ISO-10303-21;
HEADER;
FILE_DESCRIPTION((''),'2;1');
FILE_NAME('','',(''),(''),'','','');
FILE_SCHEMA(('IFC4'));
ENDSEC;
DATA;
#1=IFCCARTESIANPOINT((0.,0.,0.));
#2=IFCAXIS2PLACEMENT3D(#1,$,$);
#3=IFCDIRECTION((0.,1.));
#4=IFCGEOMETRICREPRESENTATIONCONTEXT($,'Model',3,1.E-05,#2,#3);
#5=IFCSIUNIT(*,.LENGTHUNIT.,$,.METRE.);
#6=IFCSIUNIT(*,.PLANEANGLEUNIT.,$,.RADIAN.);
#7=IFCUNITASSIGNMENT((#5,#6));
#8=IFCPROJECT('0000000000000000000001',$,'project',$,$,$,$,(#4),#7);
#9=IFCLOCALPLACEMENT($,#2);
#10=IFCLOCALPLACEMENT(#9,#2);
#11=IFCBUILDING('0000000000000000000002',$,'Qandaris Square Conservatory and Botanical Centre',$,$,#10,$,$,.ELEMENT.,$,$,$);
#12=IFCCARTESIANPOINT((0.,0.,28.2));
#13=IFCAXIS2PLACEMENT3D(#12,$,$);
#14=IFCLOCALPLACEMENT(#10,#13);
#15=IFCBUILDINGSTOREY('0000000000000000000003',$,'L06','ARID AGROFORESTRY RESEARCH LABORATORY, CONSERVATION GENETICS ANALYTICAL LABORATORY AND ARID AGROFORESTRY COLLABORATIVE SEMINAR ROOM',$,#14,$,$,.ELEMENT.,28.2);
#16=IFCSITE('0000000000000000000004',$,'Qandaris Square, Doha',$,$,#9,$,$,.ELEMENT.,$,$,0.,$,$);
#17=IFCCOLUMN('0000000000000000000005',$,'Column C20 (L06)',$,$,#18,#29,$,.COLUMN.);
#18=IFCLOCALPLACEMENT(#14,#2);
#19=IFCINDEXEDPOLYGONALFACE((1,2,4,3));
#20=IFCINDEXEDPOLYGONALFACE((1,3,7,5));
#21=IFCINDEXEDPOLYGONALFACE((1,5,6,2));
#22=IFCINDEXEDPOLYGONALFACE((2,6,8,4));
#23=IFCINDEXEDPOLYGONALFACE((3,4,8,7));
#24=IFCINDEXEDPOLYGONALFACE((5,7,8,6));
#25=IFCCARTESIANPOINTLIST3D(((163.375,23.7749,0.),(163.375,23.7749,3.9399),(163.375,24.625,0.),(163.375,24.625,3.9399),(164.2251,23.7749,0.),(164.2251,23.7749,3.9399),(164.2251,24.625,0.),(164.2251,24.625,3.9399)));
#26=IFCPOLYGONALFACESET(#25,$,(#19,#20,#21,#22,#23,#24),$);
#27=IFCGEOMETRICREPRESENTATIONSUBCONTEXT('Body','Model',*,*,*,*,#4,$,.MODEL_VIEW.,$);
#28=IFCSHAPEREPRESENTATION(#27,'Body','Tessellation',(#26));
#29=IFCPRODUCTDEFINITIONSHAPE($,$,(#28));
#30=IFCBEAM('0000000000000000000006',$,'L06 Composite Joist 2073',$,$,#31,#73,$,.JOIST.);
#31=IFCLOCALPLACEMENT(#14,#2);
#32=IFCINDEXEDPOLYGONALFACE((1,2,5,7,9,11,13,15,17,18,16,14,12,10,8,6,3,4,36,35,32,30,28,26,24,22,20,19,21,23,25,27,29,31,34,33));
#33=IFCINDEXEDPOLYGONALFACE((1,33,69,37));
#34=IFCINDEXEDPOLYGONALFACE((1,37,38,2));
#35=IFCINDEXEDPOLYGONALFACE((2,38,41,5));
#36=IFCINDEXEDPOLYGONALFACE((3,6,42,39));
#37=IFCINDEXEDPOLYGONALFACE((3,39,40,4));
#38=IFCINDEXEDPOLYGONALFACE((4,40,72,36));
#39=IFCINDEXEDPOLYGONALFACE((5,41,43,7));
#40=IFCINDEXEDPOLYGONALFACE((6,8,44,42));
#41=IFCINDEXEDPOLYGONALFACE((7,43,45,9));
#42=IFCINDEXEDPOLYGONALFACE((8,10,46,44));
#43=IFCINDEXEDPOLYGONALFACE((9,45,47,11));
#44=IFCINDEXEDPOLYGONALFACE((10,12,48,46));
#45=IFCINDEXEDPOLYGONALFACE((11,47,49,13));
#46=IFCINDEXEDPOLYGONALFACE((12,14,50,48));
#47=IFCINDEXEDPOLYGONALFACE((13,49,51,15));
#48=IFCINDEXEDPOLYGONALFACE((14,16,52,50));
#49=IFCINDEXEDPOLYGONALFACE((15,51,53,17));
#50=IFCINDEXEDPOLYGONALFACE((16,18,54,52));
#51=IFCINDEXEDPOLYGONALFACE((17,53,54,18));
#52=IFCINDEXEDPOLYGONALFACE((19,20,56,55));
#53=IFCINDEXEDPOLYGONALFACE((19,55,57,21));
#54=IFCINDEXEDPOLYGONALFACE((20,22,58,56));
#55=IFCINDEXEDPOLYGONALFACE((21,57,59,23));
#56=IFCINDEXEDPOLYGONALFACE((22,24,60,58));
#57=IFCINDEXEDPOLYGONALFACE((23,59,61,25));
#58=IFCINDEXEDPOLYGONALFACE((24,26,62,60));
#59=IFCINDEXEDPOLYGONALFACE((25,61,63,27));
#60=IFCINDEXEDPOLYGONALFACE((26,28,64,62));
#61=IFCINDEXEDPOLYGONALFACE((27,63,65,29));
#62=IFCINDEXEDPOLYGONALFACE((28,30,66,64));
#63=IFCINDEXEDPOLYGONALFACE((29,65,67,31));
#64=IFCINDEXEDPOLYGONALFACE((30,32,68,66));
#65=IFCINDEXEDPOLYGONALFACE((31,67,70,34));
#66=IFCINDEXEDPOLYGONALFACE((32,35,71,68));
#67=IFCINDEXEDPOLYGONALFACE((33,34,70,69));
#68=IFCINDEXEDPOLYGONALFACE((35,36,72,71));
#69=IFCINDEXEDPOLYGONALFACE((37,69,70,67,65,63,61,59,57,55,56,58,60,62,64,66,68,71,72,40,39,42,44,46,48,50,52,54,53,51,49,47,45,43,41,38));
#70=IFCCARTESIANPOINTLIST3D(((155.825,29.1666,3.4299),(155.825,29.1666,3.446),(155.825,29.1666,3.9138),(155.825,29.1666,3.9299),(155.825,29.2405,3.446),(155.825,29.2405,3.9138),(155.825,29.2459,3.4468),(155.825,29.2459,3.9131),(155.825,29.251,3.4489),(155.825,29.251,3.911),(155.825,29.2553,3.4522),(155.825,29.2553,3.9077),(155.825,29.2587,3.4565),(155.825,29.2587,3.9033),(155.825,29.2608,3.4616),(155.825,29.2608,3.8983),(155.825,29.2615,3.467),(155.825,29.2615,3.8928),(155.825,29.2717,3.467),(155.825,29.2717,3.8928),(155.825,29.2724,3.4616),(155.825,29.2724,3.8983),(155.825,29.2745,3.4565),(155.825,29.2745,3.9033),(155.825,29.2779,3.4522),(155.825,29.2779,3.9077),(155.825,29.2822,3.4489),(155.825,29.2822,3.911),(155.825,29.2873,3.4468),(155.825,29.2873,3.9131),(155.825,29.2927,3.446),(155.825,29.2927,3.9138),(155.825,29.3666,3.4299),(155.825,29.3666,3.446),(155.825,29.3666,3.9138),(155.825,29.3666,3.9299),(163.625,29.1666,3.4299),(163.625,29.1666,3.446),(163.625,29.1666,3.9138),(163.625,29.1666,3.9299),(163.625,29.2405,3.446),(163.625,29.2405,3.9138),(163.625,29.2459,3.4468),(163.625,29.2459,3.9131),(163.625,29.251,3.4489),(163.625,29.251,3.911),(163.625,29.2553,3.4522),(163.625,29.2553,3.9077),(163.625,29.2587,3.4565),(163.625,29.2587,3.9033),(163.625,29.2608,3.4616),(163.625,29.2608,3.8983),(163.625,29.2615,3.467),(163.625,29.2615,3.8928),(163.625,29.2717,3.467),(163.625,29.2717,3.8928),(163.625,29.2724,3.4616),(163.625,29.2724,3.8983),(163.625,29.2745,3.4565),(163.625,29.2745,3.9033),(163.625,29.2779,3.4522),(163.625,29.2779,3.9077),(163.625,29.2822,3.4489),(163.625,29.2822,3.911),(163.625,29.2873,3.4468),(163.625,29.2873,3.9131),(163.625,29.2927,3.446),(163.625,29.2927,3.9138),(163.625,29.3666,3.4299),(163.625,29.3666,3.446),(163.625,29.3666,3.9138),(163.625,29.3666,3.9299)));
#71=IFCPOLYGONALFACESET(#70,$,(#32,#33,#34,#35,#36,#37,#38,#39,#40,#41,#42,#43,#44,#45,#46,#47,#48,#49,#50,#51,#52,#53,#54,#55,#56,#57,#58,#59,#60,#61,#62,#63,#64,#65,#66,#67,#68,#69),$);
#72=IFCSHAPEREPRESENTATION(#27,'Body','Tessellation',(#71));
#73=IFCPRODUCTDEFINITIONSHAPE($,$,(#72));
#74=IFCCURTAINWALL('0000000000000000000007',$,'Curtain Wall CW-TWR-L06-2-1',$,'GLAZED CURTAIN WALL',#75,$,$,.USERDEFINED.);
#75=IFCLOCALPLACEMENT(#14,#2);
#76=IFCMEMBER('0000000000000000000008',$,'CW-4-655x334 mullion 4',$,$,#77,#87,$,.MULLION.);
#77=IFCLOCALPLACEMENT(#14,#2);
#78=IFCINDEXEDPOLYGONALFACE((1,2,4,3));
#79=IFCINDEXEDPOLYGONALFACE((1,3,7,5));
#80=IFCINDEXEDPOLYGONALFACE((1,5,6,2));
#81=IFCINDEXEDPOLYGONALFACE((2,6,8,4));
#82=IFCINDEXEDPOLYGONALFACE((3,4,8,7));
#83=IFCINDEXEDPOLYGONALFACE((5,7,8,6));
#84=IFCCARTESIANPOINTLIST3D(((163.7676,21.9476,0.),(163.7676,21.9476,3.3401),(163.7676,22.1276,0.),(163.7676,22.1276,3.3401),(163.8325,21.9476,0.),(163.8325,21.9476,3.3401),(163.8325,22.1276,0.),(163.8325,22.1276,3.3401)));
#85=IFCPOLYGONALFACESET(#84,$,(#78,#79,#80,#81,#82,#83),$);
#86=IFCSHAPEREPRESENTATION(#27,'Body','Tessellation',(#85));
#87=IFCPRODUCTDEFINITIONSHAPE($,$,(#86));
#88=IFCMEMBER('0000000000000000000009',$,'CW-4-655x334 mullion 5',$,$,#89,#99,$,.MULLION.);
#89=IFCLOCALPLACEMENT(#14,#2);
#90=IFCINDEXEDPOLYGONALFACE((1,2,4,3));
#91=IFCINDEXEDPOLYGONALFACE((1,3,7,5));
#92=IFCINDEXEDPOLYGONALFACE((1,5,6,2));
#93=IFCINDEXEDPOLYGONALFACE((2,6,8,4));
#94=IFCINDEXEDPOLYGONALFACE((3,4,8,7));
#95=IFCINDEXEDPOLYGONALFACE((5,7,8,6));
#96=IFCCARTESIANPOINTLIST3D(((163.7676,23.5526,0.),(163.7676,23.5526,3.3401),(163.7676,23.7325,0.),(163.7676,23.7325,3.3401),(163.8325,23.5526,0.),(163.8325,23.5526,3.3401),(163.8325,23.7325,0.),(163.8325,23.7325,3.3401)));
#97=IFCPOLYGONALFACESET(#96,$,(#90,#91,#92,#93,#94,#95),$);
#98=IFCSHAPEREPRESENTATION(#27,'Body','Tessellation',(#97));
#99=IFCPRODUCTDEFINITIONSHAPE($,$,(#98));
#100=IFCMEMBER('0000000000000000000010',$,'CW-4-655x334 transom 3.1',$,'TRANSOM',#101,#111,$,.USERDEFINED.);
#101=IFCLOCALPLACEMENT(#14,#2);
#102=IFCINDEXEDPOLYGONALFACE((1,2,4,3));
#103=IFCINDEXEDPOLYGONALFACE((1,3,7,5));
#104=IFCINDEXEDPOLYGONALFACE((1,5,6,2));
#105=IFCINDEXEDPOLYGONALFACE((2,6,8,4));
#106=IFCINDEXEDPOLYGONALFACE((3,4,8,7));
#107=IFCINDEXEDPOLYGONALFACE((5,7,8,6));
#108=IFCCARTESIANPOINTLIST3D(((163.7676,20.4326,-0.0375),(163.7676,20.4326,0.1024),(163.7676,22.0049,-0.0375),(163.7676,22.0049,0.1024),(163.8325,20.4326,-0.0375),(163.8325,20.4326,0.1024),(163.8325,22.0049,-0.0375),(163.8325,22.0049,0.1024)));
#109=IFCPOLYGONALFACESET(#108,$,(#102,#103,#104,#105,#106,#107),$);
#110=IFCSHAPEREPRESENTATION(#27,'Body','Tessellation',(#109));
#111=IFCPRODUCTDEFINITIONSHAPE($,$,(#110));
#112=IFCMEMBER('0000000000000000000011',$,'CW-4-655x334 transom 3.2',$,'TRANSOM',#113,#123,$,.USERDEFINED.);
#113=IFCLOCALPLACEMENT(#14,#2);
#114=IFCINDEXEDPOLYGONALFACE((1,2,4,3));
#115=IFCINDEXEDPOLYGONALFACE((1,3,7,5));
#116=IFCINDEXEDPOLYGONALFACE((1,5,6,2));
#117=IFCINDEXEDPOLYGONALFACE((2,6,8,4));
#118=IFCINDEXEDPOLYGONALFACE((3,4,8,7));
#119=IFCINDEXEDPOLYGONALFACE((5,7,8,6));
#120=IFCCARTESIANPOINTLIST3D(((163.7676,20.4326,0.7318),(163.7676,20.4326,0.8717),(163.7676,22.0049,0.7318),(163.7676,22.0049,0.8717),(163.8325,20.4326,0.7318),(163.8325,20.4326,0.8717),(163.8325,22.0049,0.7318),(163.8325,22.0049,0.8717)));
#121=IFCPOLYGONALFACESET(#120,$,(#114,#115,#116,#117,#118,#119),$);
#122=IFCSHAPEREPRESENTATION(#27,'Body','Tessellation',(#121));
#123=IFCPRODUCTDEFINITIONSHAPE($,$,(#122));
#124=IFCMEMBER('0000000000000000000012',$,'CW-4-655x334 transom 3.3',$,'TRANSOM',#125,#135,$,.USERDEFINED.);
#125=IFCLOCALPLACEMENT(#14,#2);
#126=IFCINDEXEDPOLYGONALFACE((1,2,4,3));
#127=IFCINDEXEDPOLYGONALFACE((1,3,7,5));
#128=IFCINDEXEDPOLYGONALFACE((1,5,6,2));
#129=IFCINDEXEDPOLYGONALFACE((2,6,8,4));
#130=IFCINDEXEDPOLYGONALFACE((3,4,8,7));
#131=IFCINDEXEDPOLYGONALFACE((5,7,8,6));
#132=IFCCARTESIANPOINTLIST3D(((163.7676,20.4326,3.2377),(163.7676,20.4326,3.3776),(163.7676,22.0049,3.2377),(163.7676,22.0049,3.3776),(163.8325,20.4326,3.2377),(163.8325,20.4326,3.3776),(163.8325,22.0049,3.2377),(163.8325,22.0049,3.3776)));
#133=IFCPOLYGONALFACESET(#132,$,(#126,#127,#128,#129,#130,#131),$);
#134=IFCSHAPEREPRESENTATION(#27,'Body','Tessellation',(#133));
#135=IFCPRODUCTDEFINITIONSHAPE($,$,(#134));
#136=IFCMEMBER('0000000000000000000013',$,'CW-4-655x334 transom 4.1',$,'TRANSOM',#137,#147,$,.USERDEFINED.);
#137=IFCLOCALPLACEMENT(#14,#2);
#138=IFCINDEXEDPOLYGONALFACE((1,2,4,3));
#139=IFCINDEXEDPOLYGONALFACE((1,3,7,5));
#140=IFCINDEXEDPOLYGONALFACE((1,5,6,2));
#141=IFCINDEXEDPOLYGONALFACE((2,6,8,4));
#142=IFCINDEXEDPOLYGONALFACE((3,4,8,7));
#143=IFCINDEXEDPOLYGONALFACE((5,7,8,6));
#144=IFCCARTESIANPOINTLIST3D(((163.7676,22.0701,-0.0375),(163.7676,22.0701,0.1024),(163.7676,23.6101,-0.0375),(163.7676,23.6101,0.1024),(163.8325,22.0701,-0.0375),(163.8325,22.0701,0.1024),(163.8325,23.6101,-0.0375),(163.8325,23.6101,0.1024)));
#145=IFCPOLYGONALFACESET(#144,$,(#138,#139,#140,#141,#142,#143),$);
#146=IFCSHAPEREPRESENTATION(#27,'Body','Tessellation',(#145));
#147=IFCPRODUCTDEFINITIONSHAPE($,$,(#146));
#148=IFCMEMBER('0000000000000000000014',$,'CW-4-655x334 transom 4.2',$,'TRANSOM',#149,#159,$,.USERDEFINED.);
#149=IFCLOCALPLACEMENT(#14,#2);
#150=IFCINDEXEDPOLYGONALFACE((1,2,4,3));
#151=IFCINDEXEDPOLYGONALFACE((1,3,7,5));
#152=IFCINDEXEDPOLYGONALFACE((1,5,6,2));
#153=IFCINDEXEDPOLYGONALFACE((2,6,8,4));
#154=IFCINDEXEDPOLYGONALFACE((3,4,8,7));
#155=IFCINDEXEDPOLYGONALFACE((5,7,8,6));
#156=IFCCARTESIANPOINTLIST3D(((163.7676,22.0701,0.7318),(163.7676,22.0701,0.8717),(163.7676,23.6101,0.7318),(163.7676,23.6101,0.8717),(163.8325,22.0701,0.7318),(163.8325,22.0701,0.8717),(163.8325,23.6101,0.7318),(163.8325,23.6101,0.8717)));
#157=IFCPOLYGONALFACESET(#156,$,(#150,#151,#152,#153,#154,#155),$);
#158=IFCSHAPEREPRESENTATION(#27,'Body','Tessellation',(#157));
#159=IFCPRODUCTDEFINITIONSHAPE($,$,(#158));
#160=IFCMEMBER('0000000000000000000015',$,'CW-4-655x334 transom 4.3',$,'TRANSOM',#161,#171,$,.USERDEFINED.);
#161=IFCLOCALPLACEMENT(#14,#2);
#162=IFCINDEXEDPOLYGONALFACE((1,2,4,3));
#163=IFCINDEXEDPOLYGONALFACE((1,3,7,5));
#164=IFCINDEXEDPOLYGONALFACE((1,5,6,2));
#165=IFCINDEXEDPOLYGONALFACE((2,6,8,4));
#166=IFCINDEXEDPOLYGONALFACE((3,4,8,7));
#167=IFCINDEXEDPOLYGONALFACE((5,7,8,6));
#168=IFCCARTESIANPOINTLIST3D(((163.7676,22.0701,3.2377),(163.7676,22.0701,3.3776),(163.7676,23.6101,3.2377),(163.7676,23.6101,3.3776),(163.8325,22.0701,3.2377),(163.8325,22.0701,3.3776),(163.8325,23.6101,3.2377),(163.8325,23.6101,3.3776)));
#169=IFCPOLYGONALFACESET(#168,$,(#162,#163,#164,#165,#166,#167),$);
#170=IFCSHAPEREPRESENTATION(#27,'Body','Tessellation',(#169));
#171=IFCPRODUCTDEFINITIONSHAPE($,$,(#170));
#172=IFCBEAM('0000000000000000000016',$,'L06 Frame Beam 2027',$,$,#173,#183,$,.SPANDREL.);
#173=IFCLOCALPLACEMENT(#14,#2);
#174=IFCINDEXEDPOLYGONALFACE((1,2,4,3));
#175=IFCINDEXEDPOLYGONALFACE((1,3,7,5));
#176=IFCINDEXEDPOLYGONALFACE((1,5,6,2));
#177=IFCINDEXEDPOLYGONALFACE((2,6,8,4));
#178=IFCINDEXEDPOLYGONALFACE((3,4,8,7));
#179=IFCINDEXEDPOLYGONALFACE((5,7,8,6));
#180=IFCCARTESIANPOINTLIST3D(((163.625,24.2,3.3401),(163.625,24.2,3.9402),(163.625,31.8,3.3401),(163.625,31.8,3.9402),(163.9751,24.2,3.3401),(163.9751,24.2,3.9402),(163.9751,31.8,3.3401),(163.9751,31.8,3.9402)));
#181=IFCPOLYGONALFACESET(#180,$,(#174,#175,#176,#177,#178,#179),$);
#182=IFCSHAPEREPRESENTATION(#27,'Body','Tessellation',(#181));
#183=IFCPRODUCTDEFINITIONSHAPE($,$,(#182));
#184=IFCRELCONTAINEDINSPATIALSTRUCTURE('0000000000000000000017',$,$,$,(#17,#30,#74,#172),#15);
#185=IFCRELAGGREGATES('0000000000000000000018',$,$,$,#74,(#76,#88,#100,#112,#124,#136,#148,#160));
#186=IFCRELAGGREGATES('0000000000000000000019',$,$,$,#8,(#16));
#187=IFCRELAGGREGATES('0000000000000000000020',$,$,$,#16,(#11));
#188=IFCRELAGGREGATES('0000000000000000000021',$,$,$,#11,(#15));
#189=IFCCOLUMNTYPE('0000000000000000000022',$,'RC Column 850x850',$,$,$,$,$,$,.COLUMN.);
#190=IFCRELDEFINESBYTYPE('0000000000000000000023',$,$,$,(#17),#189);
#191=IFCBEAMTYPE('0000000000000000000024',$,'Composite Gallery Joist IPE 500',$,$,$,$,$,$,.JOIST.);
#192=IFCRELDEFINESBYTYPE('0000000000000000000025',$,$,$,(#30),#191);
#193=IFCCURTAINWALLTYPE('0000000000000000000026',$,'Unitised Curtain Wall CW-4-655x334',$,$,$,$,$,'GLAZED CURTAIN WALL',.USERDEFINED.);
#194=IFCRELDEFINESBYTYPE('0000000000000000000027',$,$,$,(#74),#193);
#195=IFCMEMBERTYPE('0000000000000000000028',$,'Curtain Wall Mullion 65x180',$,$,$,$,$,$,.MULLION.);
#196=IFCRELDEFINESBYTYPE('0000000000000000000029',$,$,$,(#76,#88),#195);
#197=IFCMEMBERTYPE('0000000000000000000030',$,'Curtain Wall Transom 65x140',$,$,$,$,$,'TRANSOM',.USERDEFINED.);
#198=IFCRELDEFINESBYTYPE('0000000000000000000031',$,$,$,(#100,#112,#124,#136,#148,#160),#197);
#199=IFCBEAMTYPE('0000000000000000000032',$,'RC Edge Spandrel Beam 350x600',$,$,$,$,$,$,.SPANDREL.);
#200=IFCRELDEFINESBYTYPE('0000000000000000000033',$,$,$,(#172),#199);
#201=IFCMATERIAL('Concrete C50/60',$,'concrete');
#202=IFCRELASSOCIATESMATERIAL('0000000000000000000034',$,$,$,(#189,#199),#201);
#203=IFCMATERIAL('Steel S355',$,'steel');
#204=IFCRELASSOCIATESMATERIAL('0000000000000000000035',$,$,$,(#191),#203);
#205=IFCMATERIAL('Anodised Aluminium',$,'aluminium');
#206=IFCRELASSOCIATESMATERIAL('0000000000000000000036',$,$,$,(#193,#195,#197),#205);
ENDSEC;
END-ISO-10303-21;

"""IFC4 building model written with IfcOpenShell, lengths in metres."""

from ifc_helpers import new_model, si_unit, direction, frame, origin, origin_2d, place, context, subcontext, project, spatial, rectangle, i_section, extrude, material, material_profile, profile_set, type_object, element, aggregate, save


model = new_model("IFC4")

# Units and contexts
model_context = context("Model", 3, precision=1e-05, world=origin(), true_north=direction((0.0, 1.0)))
body_context = subcontext(model_context, "Body", "Model", "MODEL_VIEW")
ifc_project = project(units=[si_unit("LENGTHUNIT", "METRE"), si_unit("PLANEANGLEUNIT", "RADIAN")], contexts=[model_context])

# Site, building, storey
site_placement = place(None, origin())
site = spatial("IfcSite", under=ifc_project, at=site_placement, Name="Qandaris Square, Doha", CompositionType="ELEMENT", RefElevation=0.0)
building_placement = place(site_placement, origin())
building = spatial("IfcBuilding", under=site, at=building_placement, Name="Qandaris Square Conservatory and Botanical Centre", CompositionType="ELEMENT")
storey_placement = place(building_placement, frame((0.0, 0.0, 28.2)))
storey = spatial("IfcBuildingStorey", under=building, at=storey_placement, Name="L06", Description="ARID AGROFORESTRY RESEARCH LABORATORY, CONSERVATION GENETICS ANALYTICAL LABORATORY AND ARID AGROFORESTRY COLLABORATIVE SEMINAR ROOM", CompositionType="ELEMENT", Elevation=28.2)

# Column
ifc_material_1 = material(Name="Concrete C50/60", Category="concrete")
ifc_material_profile_1 = material_profile(ifc_material_1, rectangle(XDim=0.8501, YDim=0.8501, at=origin_2d()), Name="RC-COL 850x850")
ifc_profile_set_1 = profile_set([ifc_material_profile_1], Name="Concrete C50/60")
column_type = type_object("IfcColumnType", Name="RC Column 850x850", PredefinedType="COLUMN", material=ifc_profile_set_1)
column_placement = place(storey_placement, frame((163.8, 24.2, 0.0), z_axis=(0.0, 0.0, 1.0), x_axis=(1.0, 0.0, 0.0)))
element("IfcColumn", 1, at=column_placement, inside=storey, type_object=column_type, Name="Column C20 (L06)", PredefinedType="COLUMN", context=body_context, shape_type="SweptSolid", body=[
    extrude(rectangle(XDim=0.8501, YDim=0.8501, at=origin_2d()), origin(), (0.0, 0.0, 1.0), 3.9399),
])

# Beam
ifc_material_2 = material(Name="Steel S355", Category="steel")
ifc_material_profile_2 = material_profile(ifc_material_2, i_section(OverallWidth=0.2, OverallDepth=0.5, WebThickness=0.0103, FlangeThickness=0.0161, FilletRadius=0.021, at=origin_2d()), Name="IPE 500")
ifc_profile_set_2 = profile_set([ifc_material_profile_2], Name="Steel S355")
beam_type_1 = type_object("IfcBeamType", Name="Composite Gallery Joist IPE 500", PredefinedType="JOIST", material=ifc_profile_set_2)
beam_1_placement = place(storey_placement, frame((155.825, 29.2666, 3.6799), z_axis=(1.0, 0.0, 0.0), x_axis=(0.0, 1.0, 0.0)))
element("IfcBeam", 2, at=beam_1_placement, inside=storey, type_object=beam_type_1, Name="L06 Composite Joist 2073", PredefinedType="JOIST", context=body_context, shape_type="SweptSolid", body=[
    extrude(i_section(OverallWidth=0.2, OverallDepth=0.5, WebThickness=0.0103, FlangeThickness=0.0161, FilletRadius=0.021, at=origin_2d()), origin(), (0.0, 0.0, 1.0), 7.8),
])

# Curtain wall, members
ifc_material_3 = material(Name="Anodised Aluminium", Category="aluminium")
curtain_wall_type = type_object("IfcCurtainWallType", Name="Unitised Curtain Wall CW-4-655x334", ElementType="GLAZED CURTAIN WALL", PredefinedType="USERDEFINED", material=ifc_material_3)
curtain_wall_placement = place(storey_placement, origin())
curtain_wall = element("IfcCurtainWall", 3, at=curtain_wall_placement, inside=storey, type_object=curtain_wall_type, Name="Curtain Wall CW-TWR-L06-2-1", ObjectType="GLAZED CURTAIN WALL", PredefinedType="USERDEFINED")
ifc_material_profile_3 = material_profile(ifc_material_3, rectangle(XDim=0.0649, YDim=0.1799, at=origin_2d()), Name="ALU-MUL 65x180")
ifc_profile_set_3 = profile_set([ifc_material_profile_3], Name="Anodised Aluminium")
member_type_1 = type_object("IfcMemberType", Name="Curtain Wall Mullion 65x180", PredefinedType="MULLION", material=ifc_profile_set_3)
member_1_placement = place(storey_placement, frame((163.8, 22.0376, 0.0), z_axis=(0.0, 0.0, 1.0), x_axis=(-1.0, 0.0, 0.0)))
member_1 = element("IfcMember", 4, at=member_1_placement, type_object=member_type_1, Name="CW-4-655x334 mullion 4", PredefinedType="MULLION", context=body_context, shape_type="SweptSolid", body=[
    extrude(rectangle(XDim=0.0649, YDim=0.1799, at=origin_2d()), origin(), (0.0, 0.0, 1.0), 3.3401),
])
member_2_placement = place(storey_placement, frame((163.8, 23.6426, 0.0), z_axis=(0.0, 0.0, 1.0), x_axis=(-1.0, 0.0, 0.0)))
member_2 = element("IfcMember", 5, at=member_2_placement, type_object=member_type_1, Name="CW-4-655x334 mullion 5", PredefinedType="MULLION", context=body_context, shape_type="SweptSolid", body=[
    extrude(rectangle(XDim=0.0649, YDim=0.1799, at=origin_2d()), origin(), (0.0, 0.0, 1.0), 3.3401),
])
ifc_material_profile_4 = material_profile(ifc_material_3, rectangle(XDim=0.0649, YDim=0.1399, at=origin_2d()), Name="ALU-TRN 65x140")
ifc_profile_set_4 = profile_set([ifc_material_profile_4], Name="Anodised Aluminium")
member_type_2 = type_object("IfcMemberType", Name="Curtain Wall Transom 65x140", ElementType="TRANSOM", PredefinedType="USERDEFINED", material=ifc_profile_set_4)
member_3_placement = place(storey_placement, frame((163.8, 20.4326, 0.0325), z_axis=(0.0, 1.0, 0.0), x_axis=(-1.0, 0.0, 0.0)))
member_3 = element("IfcMember", 6, at=member_3_placement, type_object=member_type_2, Name="CW-4-655x334 transom 3.1", ObjectType="TRANSOM", PredefinedType="USERDEFINED", context=body_context, shape_type="SweptSolid", body=[
    extrude(rectangle(XDim=0.0649, YDim=0.1399, at=origin_2d()), origin(), (0.0, 0.0, 1.0), 1.5723),
])
member_4_placement = place(storey_placement, frame((163.8, 20.4326, 0.8018), z_axis=(0.0, 1.0, 0.0), x_axis=(-1.0, 0.0, 0.0)))
member_4 = element("IfcMember", 7, at=member_4_placement, type_object=member_type_2, Name="CW-4-655x334 transom 3.2", ObjectType="TRANSOM", PredefinedType="USERDEFINED", context=body_context, shape_type="SweptSolid", body=[
    extrude(rectangle(XDim=0.0649, YDim=0.1399, at=origin_2d()), origin(), (0.0, 0.0, 1.0), 1.5723),
])
member_5_placement = place(storey_placement, frame((163.8, 20.4326, 3.3076), z_axis=(0.0, 1.0, 0.0), x_axis=(-1.0, 0.0, 0.0)))
member_5 = element("IfcMember", 8, at=member_5_placement, type_object=member_type_2, Name="CW-4-655x334 transom 3.3", ObjectType="TRANSOM", PredefinedType="USERDEFINED", context=body_context, shape_type="SweptSolid", body=[
    extrude(rectangle(XDim=0.0649, YDim=0.1399, at=origin_2d()), origin(), (0.0, 0.0, 1.0), 1.5723),
])
member_6_placement = place(storey_placement, frame((163.8, 22.0701, 0.0325), z_axis=(0.0, 1.0, 0.0), x_axis=(-1.0, 0.0, 0.0)))
member_6 = element("IfcMember", 9, at=member_6_placement, type_object=member_type_2, Name="CW-4-655x334 transom 4.1", ObjectType="TRANSOM", PredefinedType="USERDEFINED", context=body_context, shape_type="SweptSolid", body=[
    extrude(rectangle(XDim=0.0649, YDim=0.1399, at=origin_2d()), origin(), (0.0, 0.0, 1.0), 1.54),
])
member_7_placement = place(storey_placement, frame((163.8, 22.0701, 0.8018), z_axis=(0.0, 1.0, 0.0), x_axis=(-1.0, 0.0, 0.0)))
member_7 = element("IfcMember", 10, at=member_7_placement, type_object=member_type_2, Name="CW-4-655x334 transom 4.2", ObjectType="TRANSOM", PredefinedType="USERDEFINED", context=body_context, shape_type="SweptSolid", body=[
    extrude(rectangle(XDim=0.0649, YDim=0.1399, at=origin_2d()), origin(), (0.0, 0.0, 1.0), 1.54),
])
member_8_placement = place(storey_placement, frame((163.8, 22.0701, 3.3076), z_axis=(0.0, 1.0, 0.0), x_axis=(-1.0, 0.0, 0.0)))
member_8 = element("IfcMember", 11, at=member_8_placement, type_object=member_type_2, Name="CW-4-655x334 transom 4.3", ObjectType="TRANSOM", PredefinedType="USERDEFINED", context=body_context, shape_type="SweptSolid", body=[
    extrude(rectangle(XDim=0.0649, YDim=0.1399, at=origin_2d()), origin(), (0.0, 0.0, 1.0), 1.54),
])

# Beam
ifc_material_profile_5 = material_profile(ifc_material_1, rectangle(XDim=0.3501, YDim=0.6001, at=origin_2d()), Name="RC-SP 350x600")
ifc_profile_set_5 = profile_set([ifc_material_profile_5], Name="Concrete C50/60")
beam_type_2 = type_object("IfcBeamType", Name="RC Edge Spandrel Beam 350x600", PredefinedType="SPANDREL", material=ifc_profile_set_5)
beam_2_placement = place(storey_placement, frame((163.8, 24.2, 3.6401), z_axis=(0.0, 1.0, 0.0), x_axis=(-1.0, 0.0, 0.0)))
element("IfcBeam", 12, at=beam_2_placement, inside=storey, type_object=beam_type_2, Name="L06 Frame Beam 2027", PredefinedType="SPANDREL", context=body_context, shape_type="SweptSolid", body=[
    extrude(rectangle(XDim=0.3501, YDim=0.6001, at=origin_2d()), origin(), (0.0, 0.0, 1.0), 7.6001),
])

aggregate(curtain_wall, [member_1, member_2, member_3, member_4, member_5, member_6, member_7, member_8])

save(model, "model.ifc")
